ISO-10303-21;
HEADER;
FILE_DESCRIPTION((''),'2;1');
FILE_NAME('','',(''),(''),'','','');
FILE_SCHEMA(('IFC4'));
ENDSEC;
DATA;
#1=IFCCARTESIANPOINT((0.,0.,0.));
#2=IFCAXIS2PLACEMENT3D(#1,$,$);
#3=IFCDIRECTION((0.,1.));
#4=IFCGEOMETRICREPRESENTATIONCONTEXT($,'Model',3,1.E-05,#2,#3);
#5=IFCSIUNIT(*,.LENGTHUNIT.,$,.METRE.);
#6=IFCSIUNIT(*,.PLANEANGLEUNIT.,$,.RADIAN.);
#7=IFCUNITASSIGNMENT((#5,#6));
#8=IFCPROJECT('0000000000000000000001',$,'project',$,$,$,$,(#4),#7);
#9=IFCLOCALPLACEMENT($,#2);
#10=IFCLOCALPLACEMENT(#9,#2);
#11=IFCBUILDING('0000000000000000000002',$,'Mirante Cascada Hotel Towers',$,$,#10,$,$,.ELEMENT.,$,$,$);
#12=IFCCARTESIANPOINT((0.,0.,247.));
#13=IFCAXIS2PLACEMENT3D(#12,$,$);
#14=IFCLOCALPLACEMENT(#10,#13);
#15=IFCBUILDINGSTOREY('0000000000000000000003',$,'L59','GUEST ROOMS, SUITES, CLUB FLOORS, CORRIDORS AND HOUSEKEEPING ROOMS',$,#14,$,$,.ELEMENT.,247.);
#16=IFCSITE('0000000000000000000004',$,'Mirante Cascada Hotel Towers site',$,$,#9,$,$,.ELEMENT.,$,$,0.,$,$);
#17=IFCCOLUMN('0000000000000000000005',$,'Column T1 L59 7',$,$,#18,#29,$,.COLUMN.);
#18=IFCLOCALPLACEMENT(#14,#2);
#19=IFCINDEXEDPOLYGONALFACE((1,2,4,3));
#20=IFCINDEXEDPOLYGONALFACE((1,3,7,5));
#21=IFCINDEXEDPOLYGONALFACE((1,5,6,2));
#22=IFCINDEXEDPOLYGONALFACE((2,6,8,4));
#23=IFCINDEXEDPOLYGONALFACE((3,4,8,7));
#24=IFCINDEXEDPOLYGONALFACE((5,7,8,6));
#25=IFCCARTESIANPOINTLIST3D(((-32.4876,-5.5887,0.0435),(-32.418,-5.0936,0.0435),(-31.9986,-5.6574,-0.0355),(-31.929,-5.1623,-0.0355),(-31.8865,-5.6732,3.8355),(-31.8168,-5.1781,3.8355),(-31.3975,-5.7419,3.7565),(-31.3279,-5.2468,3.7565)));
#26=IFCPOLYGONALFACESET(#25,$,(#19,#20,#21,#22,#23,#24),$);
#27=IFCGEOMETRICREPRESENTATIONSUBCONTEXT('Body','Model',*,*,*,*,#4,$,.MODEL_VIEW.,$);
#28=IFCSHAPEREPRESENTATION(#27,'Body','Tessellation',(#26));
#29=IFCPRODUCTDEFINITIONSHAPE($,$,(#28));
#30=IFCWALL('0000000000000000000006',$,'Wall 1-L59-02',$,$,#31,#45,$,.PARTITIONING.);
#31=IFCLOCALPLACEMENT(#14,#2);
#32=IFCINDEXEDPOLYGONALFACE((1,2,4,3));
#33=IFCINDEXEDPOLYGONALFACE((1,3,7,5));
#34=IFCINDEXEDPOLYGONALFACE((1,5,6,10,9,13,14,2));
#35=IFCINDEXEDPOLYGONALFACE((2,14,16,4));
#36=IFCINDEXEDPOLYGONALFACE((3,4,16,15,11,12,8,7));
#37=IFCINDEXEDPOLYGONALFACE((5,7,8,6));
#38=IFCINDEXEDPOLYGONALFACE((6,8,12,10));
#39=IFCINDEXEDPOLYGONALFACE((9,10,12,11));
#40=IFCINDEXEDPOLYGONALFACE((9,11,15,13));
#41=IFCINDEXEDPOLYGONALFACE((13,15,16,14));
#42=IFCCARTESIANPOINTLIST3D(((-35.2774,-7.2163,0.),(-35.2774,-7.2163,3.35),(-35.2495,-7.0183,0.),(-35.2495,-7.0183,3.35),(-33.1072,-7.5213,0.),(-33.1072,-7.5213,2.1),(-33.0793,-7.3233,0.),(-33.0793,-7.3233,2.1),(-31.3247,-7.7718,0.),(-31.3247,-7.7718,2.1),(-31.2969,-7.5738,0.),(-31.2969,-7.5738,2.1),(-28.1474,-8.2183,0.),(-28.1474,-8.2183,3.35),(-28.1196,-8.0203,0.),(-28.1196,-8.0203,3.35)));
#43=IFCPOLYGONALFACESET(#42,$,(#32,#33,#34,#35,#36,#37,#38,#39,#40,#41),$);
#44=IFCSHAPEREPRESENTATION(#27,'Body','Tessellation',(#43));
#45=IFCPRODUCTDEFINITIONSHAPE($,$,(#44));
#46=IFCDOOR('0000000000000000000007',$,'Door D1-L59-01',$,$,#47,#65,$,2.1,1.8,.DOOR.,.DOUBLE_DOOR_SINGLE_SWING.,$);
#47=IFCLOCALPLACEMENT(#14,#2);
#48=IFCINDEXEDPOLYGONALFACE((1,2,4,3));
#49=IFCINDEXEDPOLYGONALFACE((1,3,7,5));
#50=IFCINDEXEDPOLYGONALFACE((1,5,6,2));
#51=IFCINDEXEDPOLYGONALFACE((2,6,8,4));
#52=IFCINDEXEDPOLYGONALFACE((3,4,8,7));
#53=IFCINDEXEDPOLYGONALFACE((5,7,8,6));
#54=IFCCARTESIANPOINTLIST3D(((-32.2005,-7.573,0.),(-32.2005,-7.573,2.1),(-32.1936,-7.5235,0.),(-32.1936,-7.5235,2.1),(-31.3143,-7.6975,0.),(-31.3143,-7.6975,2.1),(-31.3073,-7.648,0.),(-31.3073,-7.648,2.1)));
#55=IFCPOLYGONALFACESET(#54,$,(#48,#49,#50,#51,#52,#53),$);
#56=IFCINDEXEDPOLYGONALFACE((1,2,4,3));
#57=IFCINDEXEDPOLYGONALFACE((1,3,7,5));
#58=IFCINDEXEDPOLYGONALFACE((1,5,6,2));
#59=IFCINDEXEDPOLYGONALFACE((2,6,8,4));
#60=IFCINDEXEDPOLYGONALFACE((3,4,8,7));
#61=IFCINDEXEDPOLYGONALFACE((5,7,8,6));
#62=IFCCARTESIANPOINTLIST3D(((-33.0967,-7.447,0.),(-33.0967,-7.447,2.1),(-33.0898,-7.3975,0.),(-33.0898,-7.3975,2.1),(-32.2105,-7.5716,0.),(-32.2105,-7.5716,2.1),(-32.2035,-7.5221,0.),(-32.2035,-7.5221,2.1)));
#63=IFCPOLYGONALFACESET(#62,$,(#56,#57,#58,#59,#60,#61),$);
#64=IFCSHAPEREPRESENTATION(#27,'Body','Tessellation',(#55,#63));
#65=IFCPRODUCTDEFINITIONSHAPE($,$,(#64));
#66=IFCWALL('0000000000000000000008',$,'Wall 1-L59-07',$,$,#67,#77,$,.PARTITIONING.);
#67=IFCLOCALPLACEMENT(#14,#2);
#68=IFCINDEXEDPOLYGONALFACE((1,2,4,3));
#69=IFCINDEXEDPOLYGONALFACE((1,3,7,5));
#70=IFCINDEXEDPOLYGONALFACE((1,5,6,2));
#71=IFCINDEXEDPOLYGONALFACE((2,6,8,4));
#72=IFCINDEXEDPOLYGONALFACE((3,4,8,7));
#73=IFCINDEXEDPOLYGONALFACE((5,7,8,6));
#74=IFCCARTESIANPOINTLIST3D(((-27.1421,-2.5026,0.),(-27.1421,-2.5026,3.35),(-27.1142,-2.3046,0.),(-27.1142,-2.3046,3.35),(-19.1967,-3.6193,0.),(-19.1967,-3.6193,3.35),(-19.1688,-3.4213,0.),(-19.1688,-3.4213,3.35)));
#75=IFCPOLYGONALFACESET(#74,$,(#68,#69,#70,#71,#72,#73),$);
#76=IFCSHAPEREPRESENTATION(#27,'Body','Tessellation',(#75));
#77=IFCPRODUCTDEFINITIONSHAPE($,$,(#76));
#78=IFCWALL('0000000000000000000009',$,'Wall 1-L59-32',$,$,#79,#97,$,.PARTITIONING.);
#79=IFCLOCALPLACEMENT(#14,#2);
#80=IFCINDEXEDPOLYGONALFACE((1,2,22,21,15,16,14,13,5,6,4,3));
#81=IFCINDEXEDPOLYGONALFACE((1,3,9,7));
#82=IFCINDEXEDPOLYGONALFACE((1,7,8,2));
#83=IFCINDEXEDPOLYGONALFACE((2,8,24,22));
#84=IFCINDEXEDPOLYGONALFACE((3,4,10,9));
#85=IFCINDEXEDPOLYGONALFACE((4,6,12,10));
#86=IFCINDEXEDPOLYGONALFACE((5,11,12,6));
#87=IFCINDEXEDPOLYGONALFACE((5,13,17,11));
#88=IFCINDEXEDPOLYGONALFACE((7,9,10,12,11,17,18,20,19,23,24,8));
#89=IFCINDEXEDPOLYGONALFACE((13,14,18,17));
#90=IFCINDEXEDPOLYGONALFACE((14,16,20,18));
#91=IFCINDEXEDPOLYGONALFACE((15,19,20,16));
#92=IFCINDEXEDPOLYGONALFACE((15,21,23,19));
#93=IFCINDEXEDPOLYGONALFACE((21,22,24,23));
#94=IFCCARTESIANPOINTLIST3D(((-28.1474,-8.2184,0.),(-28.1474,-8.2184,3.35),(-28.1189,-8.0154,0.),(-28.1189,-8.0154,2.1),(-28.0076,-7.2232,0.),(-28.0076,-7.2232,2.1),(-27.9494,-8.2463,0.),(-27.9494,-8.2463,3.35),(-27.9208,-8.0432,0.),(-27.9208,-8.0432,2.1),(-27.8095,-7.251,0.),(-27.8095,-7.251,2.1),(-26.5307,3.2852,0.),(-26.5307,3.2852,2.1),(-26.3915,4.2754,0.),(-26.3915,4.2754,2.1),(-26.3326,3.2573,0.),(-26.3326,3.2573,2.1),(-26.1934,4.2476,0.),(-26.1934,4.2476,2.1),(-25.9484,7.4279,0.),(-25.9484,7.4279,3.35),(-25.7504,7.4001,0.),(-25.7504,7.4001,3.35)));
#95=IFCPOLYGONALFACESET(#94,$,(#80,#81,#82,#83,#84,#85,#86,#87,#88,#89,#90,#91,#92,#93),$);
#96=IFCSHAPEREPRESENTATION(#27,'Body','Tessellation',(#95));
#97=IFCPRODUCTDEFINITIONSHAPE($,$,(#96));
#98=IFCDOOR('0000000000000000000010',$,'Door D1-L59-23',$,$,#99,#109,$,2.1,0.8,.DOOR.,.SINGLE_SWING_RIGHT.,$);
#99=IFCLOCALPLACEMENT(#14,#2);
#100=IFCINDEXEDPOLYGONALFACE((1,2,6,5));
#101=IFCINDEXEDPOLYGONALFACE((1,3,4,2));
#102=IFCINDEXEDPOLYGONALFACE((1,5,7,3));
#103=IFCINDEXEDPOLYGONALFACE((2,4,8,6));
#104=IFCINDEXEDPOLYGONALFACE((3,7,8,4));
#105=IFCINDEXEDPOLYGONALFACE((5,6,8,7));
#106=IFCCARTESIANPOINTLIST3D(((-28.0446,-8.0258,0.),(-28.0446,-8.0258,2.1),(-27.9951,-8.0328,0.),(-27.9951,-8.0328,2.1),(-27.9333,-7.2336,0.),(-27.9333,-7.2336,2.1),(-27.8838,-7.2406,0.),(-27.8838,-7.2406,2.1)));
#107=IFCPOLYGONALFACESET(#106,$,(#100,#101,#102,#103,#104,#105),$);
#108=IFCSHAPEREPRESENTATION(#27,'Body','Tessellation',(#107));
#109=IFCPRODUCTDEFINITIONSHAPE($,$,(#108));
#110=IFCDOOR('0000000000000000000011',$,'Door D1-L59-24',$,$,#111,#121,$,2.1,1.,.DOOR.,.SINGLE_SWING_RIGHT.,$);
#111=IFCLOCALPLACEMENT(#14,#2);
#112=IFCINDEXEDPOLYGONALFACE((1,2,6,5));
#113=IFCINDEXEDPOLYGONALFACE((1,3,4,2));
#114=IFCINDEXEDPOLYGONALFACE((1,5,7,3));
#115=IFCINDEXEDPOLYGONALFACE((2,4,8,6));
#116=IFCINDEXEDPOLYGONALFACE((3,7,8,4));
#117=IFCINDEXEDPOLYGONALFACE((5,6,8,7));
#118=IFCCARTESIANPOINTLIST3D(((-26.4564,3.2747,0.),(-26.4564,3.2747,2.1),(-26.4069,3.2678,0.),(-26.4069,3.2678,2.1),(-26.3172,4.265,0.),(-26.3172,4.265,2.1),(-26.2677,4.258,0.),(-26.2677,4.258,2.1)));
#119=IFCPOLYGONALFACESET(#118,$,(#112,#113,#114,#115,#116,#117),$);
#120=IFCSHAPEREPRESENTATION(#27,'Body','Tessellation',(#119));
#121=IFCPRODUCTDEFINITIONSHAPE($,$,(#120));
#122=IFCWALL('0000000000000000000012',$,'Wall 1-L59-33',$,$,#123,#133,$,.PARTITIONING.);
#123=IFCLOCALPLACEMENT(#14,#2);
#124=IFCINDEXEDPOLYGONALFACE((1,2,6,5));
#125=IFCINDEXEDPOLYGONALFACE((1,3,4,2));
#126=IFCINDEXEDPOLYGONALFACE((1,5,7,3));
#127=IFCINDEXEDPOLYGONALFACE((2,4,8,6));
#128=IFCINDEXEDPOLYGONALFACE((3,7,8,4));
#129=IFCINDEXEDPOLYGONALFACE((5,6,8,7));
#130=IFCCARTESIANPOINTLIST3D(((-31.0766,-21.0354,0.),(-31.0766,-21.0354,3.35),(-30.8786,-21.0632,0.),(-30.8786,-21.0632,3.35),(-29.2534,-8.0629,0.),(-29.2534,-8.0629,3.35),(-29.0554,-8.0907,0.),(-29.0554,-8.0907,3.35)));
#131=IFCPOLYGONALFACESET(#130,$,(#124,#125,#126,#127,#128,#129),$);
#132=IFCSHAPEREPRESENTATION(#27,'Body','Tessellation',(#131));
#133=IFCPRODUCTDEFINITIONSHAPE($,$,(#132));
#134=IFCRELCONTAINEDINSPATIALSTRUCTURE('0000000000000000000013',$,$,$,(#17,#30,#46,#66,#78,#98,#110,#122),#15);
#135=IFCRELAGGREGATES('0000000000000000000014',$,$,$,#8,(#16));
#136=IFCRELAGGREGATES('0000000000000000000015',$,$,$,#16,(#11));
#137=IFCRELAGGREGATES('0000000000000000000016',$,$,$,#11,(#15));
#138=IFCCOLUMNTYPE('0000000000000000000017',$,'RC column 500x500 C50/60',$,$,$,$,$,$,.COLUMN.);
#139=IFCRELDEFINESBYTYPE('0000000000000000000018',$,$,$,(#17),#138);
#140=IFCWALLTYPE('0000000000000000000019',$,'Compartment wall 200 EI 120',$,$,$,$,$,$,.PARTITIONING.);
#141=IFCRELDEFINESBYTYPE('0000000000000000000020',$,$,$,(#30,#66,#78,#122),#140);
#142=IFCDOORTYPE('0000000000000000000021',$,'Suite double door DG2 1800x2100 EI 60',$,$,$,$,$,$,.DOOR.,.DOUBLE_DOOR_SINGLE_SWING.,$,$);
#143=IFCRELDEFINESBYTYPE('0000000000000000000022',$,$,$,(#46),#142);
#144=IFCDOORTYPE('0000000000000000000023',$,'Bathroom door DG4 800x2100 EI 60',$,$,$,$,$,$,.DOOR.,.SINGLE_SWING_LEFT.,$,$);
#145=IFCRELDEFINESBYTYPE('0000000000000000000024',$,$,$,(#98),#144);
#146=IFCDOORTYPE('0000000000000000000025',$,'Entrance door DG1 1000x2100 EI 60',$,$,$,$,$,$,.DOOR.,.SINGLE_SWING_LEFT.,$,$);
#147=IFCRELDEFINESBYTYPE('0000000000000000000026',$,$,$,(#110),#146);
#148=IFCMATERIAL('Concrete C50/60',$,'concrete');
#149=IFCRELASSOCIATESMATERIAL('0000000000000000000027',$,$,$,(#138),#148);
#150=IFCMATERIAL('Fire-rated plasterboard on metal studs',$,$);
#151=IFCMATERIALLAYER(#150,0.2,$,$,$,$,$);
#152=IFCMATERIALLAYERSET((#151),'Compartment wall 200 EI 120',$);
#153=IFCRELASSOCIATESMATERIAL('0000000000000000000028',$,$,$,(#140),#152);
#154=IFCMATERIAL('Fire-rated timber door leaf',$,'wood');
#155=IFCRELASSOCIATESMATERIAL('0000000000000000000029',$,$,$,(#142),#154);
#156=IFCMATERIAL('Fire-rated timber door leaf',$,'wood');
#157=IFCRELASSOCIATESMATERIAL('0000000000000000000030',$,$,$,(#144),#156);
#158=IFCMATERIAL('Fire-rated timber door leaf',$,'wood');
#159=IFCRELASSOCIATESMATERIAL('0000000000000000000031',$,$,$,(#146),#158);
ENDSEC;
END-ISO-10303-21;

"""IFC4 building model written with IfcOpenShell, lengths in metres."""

from ifc_helpers import new_model, si_unit, direction, frame, frame_2d, origin, origin_2d, place, context, subcontext, project, spatial, rectangle, extrude, material, layer, layer_set, material_profile, profile_set, type_object, element, fill, save


model = new_model("IFC4")

# Units and contexts
model_context = context("Model", 3, precision=1e-05, world=origin(), true_north=direction((0.0, 1.0)))
body_context = subcontext(model_context, "Body", "Model", "MODEL_VIEW")
ifc_project = project(units=[si_unit("LENGTHUNIT", "METRE"), si_unit("PLANEANGLEUNIT", "RADIAN")], contexts=[model_context])

# Site, building, storey
site_placement = place(None, origin())
site = spatial("IfcSite", under=ifc_project, at=site_placement, Name="Mirante Cascada Hotel Towers site", CompositionType="ELEMENT", RefElevation=0.0)
building_placement = place(site_placement, origin())
building = spatial("IfcBuilding", under=site, at=building_placement, Name="Mirante Cascada Hotel Towers", CompositionType="ELEMENT")
storey_placement = place(building_placement, frame((0.0, 0.0, 247.0)))
storey = spatial("IfcBuildingStorey", under=building, at=storey_placement, Name="L59", Description="GUEST ROOMS, SUITES, CLUB FLOORS, CORRIDORS AND HOUSEKEEPING ROOMS", CompositionType="ELEMENT", Elevation=247.0)

# Column
ifc_material_1 = material(Name="Concrete C50/60", Category="concrete")
ifc_material_profile = material_profile(ifc_material_1, rectangle(XDim=0.5, YDim=0.5, at=origin_2d()), Name="RC column 500x500 C50/60")
ifc_profile_set = profile_set([ifc_material_profile], Name="Concrete C50/60")
column_type = type_object("IfcColumnType", Name="RC column 500x500 C50/60", PredefinedType="COLUMN", material=ifc_profile_set)
column_placement = place(storey_placement, frame((-32.2083, -5.3755, 0.004), z_axis=(0.156525, -0.022004, 0.987429), x_axis=(0.139207, 0.990263, 0.0)))
element("IfcColumn", 1, at=column_placement, inside=storey, type_object=column_type, Name="Column T1 L59 7", PredefinedType="COLUMN", context=body_context, shape_type="SweptSolid", body=[
    extrude(rectangle(XDim=0.5, YDim=0.5, at=origin_2d()), origin(), (0.0, 0.0, 1.0), 3.8403),
])

# Wall, opening, door
ifc_material_2 = material(Name="Fire-rated plasterboard on metal studs")
ifc_layer_1 = layer(ifc_material_2, 0.2)
ifc_layer_set_1 = layer_set([ifc_layer_1], Name="Compartment wall 200 EI 120")
wall_type_1 = type_object("IfcWallType", Name="Compartment wall 200 EI 120", PredefinedType="PARTITIONING", material=ifc_layer_set_1)
wall_1_placement = place(storey_placement, frame((-28.1335, -8.1193, 0.0), z_axis=(0.0, 0.0, 1.0), x_axis=(-0.990269, 0.139167, 0.0)))
wall_1 = element("IfcWall", 2, at=wall_1_placement, inside=storey, type_object=wall_type_1, Name="Wall 1-L59-02", PredefinedType="PARTITIONING", context=body_context, shape_type="SweptSolid", body=[
    extrude(rectangle(XDim=7.2, YDim=0.2, at=frame_2d((3.6, 0.0))), origin(), (0.0, 0.0, 1.0), 3.35),
])
opening_1_placement = place(wall_1_placement, frame((3.2085, 0.0, 0.0)))
opening_1 = element("IfcOpeningElement", 3, at=opening_1_placement, cuts=wall_1, PredefinedType="OPENING", context=body_context, shape_type="SweptSolid", body=[
    extrude(rectangle(XDim=1.8, YDim=2.1, at=frame_2d((0.9, 1.05))), frame((0.0, 0.1, 0.0), z_axis=(0.0, -1.0, 0.0), x_axis=(1.0, 0.0, 0.0)), (0.0, 0.0, 1.0), 0.2),
])
ifc_material_3 = material(Name="Fire-rated timber door leaf", Category="wood")
door_type_1 = type_object("IfcDoorType", Name="Suite double door DG2 1800x2100 EI 60", OperationType="DOUBLE_DOOR_SINGLE_SWING", PredefinedType="DOOR", material=ifc_material_3)
door_1_placement = place(opening_1_placement, origin())
door_1 = element("IfcDoor", 4, at=door_1_placement, inside=storey, type_object=door_type_1, Name="Door D1-L59-01", OperationType="DOUBLE_DOOR_SINGLE_SWING", OverallHeight=2.1, OverallWidth=1.8, PredefinedType="DOOR", context=body_context, shape_type="SweptSolid", body=[
    extrude(rectangle(XDim=0.895, YDim=2.1, at=frame_2d((0.4475, 1.05))), frame((0.0, 0.025, 0.0), z_axis=(0.0, -1.0, 0.0), x_axis=(1.0, 0.0, 0.0)), (0.0, 0.0, 1.0), 0.05),
    extrude(rectangle(XDim=0.895, YDim=2.1, at=frame_2d((1.3525, 1.05))), frame((0.0, 0.025, 0.0), z_axis=(0.0, -1.0, 0.0), x_axis=(1.0, 0.0, 0.0)), (0.0, 0.0, 1.0), 0.05),
])
fill(opening_1, door_1)

# Wall
wall_2_placement = place(storey_placement, frame((-27.1282, -2.4036, 0.0), z_axis=(0.0, 0.0, 1.0), x_axis=(0.990267, -0.139179, 0.0)))
element("IfcWall", 5, at=wall_2_placement, inside=storey, type_object=wall_type_1, Name="Wall 1-L59-07", PredefinedType="PARTITIONING", context=body_context, shape_type="SweptSolid", body=[
    extrude(rectangle(XDim=8.0235, YDim=0.2, at=frame_2d((4.0118, 0.0))), origin(), (0.0, 0.0, 1.0), 3.35),
])

# Wall, openings, doors
wall_3_placement = place(storey_placement, frame((-28.0484, -8.2323, 0.0), z_axis=(0.0, 0.0, 1.0), x_axis=(0.139177, 0.990268, 0.0)))
wall_3 = element("IfcWall", 6, at=wall_3_placement, inside=storey, type_object=wall_type_1, Name="Wall 1-L59-32", PredefinedType="PARTITIONING", context=body_context, shape_type="SweptSolid", body=[
    extrude(rectangle(XDim=15.8001, YDim=0.2, at=frame_2d((7.9, 0.0))), origin(), (0.0, 0.0, 1.0), 3.35),
])
opening_2_placement = place(wall_3_placement, frame((0.205, 0.0, 0.0)))
opening_2 = element("IfcOpeningElement", 7, at=opening_2_placement, cuts=wall_3, PredefinedType="OPENING", context=body_context, shape_type="SweptSolid", body=[
    extrude(rectangle(XDim=0.8, YDim=2.1, at=frame_2d((0.4, 1.05))), frame((0.0, 0.1, 0.0), z_axis=(0.0, -1.0, 0.0), x_axis=(1.0, 0.0, 0.0)), (0.0, 0.0, 1.0), 0.2),
])
opening_3_placement = place(wall_3_placement, frame((11.6166, 0.0, 0.0)))
opening_3 = element("IfcOpeningElement", 8, at=opening_3_placement, cuts=wall_3, PredefinedType="OPENING", context=body_context, shape_type="SweptSolid", body=[
    extrude(rectangle(XDim=1.0, YDim=2.1, at=frame_2d((0.5, 1.05))), frame((0.0, 0.1, 0.0), z_axis=(0.0, -1.0, 0.0), x_axis=(1.0, 0.0, 0.0)), (0.0, 0.0, 1.0), 0.2),
])
ifc_material_4 = material(Name="Fire-rated timber door leaf", Category="wood")
door_type_2 = type_object("IfcDoorType", Name="Bathroom door DG4 800x2100 EI 60", OperationType="SINGLE_SWING_LEFT", PredefinedType="DOOR", material=ifc_material_4)
door_2_placement = place(opening_2_placement, frame((0.8, 0.0, 0.0), z_axis=(0.0, 0.0, 1.0), x_axis=(-1.0, 0.0, 0.0)))
door_2 = element("IfcDoor", 9, at=door_2_placement, inside=storey, type_object=door_type_2, Name="Door D1-L59-23", OperationType="SINGLE_SWING_RIGHT", OverallHeight=2.1, OverallWidth=0.8, PredefinedType="DOOR", context=body_context, shape_type="SweptSolid", body=[
    extrude(rectangle(XDim=0.8, YDim=2.1, at=frame_2d((0.4, 1.05))), frame((0.0, 0.025, 0.0), z_axis=(0.0, -1.0, 0.0), x_axis=(1.0, 0.0, 0.0)), (0.0, 0.0, 1.0), 0.05),
])
fill(opening_2, door_2)
ifc_material_5 = material(Name="Fire-rated timber door leaf", Category="wood")
door_type_3 = type_object("IfcDoorType", Name="Entrance door DG1 1000x2100 EI 60", OperationType="SINGLE_SWING_LEFT", PredefinedType="DOOR", material=ifc_material_5)
door_3_placement = place(opening_3_placement, frame((1.0, 0.0, 0.0), z_axis=(0.0, 0.0, 1.0), x_axis=(-1.0, 0.0, 0.0)))
door_3 = element("IfcDoor", 10, at=door_3_placement, inside=storey, type_object=door_type_3, Name="Door D1-L59-24", OperationType="SINGLE_SWING_RIGHT", OverallHeight=2.1, OverallWidth=1.0, PredefinedType="DOOR", context=body_context, shape_type="SweptSolid", body=[
    extrude(rectangle(XDim=1.0, YDim=2.1, at=frame_2d((0.5, 1.05))), frame((0.0, 0.025, 0.0), z_axis=(0.0, -1.0, 0.0), x_axis=(1.0, 0.0, 0.0)), (0.0, 0.0, 1.0), 0.05),
])
fill(opening_3, door_3)

# Wall
wall_4_placement = place(storey_placement, frame((-29.1544, -8.0768, 0.0), z_axis=(0.0, 0.0, 1.0), x_axis=(-0.139176, -0.990268, 0.0)))
element("IfcWall", 11, at=wall_4_placement, inside=storey, type_object=wall_type_1, Name="Wall 1-L59-33", PredefinedType="PARTITIONING", context=body_context, shape_type="SweptSolid", body=[
    extrude(rectangle(XDim=13.1, YDim=0.2, at=frame_2d((6.55, 0.0))), origin(), (0.0, 0.0, 1.0), 3.35),
])

save(model, "model.ifc")
